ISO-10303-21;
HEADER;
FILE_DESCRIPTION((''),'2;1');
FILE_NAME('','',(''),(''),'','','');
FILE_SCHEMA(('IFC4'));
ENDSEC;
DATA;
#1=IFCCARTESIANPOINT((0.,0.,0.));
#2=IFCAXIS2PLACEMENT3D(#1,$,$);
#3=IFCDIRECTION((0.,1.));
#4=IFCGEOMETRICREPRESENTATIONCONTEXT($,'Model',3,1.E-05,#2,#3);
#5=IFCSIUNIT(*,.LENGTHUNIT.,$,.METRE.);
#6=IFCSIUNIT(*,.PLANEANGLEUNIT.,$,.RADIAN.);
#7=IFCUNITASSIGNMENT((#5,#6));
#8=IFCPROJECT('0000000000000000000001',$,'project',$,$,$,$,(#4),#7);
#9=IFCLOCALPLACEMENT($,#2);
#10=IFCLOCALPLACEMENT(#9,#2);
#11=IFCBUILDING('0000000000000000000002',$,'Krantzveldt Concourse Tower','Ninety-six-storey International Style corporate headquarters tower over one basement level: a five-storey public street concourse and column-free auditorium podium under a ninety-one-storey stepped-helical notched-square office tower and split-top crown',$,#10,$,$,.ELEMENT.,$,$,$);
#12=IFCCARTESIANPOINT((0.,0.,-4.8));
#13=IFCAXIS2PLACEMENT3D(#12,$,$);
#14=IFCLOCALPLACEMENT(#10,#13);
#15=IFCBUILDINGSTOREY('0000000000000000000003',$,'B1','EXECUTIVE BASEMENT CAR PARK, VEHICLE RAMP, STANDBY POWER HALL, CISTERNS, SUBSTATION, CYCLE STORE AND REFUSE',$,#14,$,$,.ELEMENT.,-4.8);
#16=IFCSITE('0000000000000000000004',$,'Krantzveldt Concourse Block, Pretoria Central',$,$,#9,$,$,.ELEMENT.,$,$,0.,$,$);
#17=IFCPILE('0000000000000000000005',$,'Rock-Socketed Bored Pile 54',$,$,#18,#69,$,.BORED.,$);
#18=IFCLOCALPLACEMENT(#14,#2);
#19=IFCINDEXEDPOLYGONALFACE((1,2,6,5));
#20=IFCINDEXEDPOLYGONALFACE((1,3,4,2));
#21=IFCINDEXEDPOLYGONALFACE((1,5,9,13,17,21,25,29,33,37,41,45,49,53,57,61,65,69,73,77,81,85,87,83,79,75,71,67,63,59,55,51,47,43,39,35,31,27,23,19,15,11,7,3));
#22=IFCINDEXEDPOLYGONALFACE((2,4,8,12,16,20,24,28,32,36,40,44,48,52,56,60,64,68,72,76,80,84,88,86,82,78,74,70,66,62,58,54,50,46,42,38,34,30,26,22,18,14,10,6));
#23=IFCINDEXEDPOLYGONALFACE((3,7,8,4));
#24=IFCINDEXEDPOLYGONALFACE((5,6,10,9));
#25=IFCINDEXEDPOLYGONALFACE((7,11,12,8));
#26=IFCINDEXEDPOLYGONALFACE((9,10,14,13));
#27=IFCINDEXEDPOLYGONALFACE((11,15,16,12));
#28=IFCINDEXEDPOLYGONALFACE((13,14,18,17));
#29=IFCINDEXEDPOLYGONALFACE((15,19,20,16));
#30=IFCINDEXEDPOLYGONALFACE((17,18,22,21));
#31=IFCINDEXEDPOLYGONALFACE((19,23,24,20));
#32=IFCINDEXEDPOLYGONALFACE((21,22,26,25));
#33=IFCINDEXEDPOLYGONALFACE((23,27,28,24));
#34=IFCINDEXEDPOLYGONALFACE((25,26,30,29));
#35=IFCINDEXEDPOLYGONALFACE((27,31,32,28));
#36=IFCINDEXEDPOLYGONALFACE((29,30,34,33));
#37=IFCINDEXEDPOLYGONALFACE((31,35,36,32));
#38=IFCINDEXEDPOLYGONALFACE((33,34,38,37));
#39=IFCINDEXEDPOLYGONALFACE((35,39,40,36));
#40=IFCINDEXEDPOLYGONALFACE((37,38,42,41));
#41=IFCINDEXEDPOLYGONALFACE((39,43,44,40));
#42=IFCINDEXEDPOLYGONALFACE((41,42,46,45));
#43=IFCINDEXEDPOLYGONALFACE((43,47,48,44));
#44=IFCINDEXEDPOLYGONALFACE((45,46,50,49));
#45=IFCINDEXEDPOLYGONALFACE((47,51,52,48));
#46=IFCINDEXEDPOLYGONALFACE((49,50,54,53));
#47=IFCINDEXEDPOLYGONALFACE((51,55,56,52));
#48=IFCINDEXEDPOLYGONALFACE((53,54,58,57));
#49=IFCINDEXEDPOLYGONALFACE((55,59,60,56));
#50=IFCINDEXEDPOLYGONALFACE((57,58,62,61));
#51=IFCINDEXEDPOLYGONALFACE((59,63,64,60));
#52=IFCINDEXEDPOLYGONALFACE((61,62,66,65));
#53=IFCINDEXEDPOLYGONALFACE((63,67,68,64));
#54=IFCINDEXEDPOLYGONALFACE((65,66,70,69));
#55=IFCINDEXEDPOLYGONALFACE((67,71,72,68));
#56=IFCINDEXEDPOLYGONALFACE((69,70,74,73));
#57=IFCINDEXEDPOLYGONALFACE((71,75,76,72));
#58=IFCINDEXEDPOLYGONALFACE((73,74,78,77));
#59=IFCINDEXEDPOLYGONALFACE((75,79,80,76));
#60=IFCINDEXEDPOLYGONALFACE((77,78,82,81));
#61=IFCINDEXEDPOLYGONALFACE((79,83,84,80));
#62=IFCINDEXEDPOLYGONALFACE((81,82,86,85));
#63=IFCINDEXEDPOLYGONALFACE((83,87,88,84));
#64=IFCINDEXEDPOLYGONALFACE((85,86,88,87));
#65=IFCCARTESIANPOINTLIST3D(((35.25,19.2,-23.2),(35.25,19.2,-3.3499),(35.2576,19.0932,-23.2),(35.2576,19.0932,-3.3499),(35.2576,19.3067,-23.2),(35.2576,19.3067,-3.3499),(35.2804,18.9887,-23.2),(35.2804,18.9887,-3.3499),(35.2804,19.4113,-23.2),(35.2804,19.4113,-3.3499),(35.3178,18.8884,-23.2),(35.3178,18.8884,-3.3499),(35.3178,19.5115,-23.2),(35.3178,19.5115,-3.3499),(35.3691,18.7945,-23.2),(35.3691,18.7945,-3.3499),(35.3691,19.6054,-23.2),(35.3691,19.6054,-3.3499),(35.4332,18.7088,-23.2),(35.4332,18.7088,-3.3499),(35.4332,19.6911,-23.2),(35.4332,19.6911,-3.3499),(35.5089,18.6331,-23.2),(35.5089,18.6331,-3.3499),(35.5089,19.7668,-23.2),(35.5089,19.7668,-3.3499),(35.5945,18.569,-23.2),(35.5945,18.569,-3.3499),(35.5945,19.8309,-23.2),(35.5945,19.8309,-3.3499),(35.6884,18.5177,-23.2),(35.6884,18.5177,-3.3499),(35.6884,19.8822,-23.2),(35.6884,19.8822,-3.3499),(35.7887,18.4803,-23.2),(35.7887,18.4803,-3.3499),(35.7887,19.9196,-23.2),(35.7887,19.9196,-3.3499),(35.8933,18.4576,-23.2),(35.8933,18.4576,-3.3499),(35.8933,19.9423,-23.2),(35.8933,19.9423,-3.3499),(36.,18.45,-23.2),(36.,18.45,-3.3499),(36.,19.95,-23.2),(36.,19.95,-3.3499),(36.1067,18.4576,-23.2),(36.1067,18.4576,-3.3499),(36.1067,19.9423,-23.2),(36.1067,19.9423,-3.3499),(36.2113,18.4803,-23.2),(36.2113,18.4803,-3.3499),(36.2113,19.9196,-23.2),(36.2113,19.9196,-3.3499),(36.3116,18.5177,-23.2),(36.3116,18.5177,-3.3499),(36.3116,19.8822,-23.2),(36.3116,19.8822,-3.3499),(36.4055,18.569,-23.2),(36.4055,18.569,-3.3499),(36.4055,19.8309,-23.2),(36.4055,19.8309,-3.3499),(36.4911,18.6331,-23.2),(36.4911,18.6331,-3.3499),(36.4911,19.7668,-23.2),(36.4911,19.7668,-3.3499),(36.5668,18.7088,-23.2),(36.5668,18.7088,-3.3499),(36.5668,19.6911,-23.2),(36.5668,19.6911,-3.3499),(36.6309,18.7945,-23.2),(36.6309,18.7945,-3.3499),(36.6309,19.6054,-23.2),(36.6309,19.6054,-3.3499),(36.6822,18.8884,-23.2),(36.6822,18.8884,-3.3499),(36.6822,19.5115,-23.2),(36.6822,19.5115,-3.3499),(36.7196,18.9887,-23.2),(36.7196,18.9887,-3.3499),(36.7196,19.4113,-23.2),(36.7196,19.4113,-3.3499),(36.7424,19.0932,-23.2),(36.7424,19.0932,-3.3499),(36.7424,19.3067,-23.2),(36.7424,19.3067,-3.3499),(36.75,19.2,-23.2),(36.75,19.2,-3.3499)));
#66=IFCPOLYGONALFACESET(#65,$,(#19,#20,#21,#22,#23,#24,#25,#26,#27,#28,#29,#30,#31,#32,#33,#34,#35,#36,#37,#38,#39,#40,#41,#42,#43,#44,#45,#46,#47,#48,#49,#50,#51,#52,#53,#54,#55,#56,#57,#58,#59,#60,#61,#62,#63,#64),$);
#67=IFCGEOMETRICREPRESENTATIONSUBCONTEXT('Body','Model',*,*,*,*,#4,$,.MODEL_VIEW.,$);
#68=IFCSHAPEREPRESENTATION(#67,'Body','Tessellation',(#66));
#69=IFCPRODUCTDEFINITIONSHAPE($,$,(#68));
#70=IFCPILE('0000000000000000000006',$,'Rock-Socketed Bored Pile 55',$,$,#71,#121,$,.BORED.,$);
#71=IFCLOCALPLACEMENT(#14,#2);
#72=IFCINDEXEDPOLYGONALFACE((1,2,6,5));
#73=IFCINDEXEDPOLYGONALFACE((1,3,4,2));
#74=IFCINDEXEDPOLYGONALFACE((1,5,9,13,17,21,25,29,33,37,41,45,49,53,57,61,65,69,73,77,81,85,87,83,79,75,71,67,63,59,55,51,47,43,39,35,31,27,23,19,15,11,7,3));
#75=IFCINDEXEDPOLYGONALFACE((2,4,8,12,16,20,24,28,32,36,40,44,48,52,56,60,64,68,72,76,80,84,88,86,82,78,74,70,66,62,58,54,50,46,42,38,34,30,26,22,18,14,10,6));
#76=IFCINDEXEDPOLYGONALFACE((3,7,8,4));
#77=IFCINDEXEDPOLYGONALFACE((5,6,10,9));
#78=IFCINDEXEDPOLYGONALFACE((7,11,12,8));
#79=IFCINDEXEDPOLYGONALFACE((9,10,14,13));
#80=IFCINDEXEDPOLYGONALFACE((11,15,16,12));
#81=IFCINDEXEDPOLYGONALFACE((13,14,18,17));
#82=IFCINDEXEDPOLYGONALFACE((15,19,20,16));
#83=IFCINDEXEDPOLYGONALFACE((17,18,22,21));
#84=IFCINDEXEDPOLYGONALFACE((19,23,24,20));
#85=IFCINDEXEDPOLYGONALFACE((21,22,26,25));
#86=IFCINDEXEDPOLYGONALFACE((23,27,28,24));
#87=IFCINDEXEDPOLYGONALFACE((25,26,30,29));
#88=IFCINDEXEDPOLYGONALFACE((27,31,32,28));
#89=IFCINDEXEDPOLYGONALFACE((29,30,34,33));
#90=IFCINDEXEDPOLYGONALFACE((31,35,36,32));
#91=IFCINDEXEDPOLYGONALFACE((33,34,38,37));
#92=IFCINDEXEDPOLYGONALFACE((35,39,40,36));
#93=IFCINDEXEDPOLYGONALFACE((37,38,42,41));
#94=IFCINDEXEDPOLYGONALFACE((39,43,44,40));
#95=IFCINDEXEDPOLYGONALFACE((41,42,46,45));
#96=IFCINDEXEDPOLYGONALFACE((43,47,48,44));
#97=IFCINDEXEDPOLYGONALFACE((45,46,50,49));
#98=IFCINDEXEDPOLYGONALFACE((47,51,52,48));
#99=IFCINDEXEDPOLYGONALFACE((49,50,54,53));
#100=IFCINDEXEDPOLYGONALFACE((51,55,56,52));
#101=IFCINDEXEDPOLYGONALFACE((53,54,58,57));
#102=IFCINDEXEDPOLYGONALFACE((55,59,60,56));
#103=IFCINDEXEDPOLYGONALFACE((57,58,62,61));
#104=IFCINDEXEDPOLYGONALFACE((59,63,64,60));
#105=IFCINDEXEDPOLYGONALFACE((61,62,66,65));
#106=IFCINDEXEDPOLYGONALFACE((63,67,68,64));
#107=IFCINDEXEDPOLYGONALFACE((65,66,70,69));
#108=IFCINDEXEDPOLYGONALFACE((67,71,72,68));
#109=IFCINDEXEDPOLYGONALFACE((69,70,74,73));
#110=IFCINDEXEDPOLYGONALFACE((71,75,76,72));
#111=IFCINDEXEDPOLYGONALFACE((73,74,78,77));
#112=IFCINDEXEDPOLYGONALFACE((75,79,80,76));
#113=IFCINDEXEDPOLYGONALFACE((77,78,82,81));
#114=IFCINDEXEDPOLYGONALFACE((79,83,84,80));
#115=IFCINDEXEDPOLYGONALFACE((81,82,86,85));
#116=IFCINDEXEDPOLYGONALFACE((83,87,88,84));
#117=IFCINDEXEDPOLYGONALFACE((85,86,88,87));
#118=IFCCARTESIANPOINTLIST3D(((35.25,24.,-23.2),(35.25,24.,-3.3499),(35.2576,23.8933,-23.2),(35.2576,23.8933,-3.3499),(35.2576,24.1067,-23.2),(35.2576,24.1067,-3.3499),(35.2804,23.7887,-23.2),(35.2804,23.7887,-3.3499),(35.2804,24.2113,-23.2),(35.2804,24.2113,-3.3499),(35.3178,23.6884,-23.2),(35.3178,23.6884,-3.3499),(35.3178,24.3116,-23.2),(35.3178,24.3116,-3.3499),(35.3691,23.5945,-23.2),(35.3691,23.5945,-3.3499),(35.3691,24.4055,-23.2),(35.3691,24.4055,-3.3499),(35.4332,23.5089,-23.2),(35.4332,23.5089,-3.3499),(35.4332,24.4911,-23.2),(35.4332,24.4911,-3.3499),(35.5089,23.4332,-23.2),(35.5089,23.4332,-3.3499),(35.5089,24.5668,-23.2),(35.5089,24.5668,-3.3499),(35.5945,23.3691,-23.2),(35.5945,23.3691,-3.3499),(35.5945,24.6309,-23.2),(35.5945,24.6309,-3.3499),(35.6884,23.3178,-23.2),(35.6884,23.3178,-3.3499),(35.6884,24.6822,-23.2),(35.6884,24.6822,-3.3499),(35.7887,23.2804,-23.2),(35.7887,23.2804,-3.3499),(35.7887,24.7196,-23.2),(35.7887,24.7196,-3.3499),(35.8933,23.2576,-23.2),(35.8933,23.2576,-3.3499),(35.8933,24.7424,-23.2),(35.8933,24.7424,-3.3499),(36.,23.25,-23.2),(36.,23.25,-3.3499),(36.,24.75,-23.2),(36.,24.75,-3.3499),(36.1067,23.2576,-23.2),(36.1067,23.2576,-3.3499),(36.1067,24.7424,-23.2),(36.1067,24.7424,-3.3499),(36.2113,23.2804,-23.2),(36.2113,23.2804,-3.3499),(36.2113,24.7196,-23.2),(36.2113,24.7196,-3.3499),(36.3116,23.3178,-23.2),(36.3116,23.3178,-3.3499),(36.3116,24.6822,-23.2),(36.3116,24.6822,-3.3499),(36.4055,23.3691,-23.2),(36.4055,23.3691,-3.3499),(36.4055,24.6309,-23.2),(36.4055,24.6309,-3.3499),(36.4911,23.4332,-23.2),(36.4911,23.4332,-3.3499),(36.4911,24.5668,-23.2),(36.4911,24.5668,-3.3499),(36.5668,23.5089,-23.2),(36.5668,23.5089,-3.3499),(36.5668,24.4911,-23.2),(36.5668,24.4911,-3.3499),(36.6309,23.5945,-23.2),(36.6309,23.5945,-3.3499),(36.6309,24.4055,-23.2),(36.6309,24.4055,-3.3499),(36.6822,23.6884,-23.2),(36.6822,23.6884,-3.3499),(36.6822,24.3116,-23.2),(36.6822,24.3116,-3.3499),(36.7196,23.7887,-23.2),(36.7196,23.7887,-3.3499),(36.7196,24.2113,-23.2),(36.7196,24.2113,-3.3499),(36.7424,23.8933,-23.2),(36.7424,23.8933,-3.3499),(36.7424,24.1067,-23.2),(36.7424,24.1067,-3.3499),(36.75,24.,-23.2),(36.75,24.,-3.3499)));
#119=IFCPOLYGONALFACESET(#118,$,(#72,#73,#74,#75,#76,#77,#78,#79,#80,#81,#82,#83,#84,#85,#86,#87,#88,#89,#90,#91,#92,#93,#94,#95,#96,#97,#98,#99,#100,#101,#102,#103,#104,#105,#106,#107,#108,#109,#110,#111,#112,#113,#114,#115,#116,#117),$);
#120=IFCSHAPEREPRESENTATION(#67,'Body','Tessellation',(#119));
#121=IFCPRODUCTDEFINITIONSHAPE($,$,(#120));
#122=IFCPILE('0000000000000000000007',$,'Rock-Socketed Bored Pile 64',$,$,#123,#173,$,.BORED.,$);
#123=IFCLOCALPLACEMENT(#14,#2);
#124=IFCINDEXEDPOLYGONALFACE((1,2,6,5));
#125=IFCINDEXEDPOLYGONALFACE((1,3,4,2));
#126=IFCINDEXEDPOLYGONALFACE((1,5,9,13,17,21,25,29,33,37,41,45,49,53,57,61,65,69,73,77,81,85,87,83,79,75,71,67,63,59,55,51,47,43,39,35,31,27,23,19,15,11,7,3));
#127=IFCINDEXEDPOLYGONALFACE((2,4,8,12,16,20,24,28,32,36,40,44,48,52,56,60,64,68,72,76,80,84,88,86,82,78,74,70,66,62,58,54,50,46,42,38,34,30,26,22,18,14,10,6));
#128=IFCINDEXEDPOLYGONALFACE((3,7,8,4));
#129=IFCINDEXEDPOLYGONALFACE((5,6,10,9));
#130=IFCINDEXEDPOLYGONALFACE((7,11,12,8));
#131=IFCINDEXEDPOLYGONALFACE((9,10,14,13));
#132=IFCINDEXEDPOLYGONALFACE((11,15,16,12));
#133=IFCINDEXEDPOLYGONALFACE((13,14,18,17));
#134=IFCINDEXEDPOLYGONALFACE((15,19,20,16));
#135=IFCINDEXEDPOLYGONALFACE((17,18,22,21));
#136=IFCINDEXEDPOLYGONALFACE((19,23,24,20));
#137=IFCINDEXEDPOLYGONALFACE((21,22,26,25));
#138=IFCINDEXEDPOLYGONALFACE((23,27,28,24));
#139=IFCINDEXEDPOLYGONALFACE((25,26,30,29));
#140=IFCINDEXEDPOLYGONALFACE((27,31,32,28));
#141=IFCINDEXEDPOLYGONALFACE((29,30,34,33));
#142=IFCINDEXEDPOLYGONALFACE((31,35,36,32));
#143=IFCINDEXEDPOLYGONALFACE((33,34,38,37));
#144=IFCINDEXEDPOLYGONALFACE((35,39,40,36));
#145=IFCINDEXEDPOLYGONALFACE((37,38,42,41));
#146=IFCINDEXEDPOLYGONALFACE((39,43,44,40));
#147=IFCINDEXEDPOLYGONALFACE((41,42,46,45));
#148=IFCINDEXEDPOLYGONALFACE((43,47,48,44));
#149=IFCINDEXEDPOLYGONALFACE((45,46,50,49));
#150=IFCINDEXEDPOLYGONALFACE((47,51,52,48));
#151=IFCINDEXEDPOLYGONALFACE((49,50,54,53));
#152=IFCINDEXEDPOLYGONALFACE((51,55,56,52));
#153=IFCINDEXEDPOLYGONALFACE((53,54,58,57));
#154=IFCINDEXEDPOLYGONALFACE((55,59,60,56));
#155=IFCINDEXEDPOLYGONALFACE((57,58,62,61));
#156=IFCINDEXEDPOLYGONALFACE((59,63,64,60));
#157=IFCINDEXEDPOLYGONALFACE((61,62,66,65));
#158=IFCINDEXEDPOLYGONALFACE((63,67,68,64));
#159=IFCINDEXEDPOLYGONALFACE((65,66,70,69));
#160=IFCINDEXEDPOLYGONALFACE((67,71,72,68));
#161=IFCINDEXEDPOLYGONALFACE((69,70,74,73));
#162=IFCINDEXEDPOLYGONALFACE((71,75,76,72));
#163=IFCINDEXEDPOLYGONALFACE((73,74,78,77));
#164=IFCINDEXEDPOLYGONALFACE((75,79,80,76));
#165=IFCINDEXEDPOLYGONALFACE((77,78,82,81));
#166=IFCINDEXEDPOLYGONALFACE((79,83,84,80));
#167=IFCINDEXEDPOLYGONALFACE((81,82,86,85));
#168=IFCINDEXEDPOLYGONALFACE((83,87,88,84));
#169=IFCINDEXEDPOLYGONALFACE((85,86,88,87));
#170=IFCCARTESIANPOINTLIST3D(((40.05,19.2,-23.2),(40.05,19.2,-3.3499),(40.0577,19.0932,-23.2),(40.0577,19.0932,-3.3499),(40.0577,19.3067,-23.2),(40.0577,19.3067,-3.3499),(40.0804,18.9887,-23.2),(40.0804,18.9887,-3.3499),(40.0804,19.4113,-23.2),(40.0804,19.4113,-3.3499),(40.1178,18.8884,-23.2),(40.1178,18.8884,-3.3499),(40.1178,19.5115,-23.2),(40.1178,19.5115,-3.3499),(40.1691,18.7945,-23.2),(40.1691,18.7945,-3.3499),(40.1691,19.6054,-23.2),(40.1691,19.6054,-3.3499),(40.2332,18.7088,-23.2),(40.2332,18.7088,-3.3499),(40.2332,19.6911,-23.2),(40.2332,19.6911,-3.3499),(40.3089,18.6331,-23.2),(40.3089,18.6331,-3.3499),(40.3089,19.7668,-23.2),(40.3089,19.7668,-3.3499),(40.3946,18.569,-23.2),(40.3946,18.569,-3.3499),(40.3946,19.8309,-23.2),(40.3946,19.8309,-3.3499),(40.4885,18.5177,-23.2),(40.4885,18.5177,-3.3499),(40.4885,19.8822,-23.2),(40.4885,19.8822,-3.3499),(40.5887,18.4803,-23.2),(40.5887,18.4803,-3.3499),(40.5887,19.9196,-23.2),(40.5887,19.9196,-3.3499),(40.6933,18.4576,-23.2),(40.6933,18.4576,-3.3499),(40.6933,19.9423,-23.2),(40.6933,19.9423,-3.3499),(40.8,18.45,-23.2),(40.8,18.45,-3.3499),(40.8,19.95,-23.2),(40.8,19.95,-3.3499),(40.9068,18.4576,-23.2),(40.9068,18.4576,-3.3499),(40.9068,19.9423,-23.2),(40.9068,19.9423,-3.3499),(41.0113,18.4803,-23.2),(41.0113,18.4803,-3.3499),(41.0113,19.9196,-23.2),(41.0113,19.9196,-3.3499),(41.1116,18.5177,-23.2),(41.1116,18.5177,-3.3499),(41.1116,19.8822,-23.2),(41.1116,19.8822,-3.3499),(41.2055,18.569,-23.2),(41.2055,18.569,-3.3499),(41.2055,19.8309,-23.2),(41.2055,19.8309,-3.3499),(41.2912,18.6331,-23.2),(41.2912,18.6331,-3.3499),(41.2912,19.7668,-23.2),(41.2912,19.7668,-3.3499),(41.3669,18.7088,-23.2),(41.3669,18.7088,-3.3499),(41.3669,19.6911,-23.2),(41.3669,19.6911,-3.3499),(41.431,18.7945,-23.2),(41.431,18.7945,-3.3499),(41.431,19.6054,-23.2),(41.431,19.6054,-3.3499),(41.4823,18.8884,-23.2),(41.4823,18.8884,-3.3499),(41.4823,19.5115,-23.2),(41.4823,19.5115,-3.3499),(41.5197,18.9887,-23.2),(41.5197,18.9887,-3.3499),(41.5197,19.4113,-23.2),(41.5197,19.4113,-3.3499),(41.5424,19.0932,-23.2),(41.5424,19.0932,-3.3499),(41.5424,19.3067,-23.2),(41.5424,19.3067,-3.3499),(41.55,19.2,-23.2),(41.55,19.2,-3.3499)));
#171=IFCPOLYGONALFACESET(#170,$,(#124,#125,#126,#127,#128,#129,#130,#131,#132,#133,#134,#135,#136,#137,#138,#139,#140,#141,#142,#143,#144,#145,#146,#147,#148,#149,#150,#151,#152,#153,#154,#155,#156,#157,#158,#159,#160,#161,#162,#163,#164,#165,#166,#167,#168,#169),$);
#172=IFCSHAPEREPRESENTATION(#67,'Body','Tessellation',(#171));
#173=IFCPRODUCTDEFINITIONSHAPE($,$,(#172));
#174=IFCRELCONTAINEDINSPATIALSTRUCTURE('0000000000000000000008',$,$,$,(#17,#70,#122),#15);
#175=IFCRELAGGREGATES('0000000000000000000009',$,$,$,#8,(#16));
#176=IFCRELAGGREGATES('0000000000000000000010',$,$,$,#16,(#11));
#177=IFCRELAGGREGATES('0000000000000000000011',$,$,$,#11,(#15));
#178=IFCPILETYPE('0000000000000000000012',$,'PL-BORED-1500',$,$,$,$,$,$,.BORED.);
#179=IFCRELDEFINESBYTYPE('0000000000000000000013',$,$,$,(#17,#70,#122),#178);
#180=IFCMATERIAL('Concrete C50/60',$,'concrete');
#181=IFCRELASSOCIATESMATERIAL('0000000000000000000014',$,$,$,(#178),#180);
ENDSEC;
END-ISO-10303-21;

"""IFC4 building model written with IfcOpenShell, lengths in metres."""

from ifc_helpers import new_model, si_unit, direction, frame, origin, origin_2d, place, context, subcontext, project, spatial, circle, extrude, source, transform, mapped, material, material_profile, profile_set, type_object, type_shapes, element, save


model = new_model("IFC4")

# Units and contexts
model_context = context("Model", 3, precision=1e-05, world=origin(), true_north=direction((0.0, 1.0)))
body_context = subcontext(model_context, "Body", "Model", "MODEL_VIEW")
ifc_project = project(units=[si_unit("LENGTHUNIT", "METRE"), si_unit("PLANEANGLEUNIT", "RADIAN")], contexts=[model_context])

# Site, building, storey
site_placement = place(None, origin())
site = spatial("IfcSite", under=ifc_project, at=site_placement, Name="Krantzveldt Concourse Block, Pretoria Central", CompositionType="ELEMENT", RefElevation=0.0)
building_placement = place(site_placement, origin())
building = spatial("IfcBuilding", under=site, at=building_placement, Name="Krantzveldt Concourse Tower", Description="Ninety-six-storey International Style corporate headquarters tower over one basement level: a five-storey public street concourse and column-free auditorium podium under a ninety-one-storey stepped-helical notched-square office tower and split-top crown", CompositionType="ELEMENT")
storey_placement = place(building_placement, frame((0.0, 0.0, -4.8)))
storey = spatial("IfcBuildingStorey", under=building, at=storey_placement, Name="B1", Description="EXECUTIVE BASEMENT CAR PARK, VEHICLE RAMP, STANDBY POWER HALL, CISTERNS, SUBSTATION, CYCLE STORE AND REFUSE", CompositionType="ELEMENT", Elevation=-4.8)

# Piles
ifc_material_1 = material(Name="Concrete C50/60", Category="concrete")
ifc_material_profile_1 = material_profile(ifc_material_1, circle(Radius=0.75, at=origin_2d()), Name="Concrete C50/60", Category="concrete")
ifc_profile_set_1 = profile_set([ifc_material_profile_1], Name="Concrete C50/60 - PILE D1500")
pile_type = type_object("IfcPileType", Name="PL-BORED-1500", PredefinedType="BORED", material=ifc_profile_set_1)
shared_shape_1 = source(origin(), body_context, "Body", "SweptSolid", [
    extrude(circle(Radius=0.75, at=origin_2d()), origin(), (0.0, 0.0, 1.0), 19.8501),
])
type_shapes(pile_type, [shared_shape_1])
for number, where, z_axis, x_axis, name in (
    (1, (36.0, 19.2, -3.3499), (0.0, 0.0, -1.0), (1.0, 0.0, 0.0), "Rock-Socketed Bored Pile 54"),
    (2, (36.0, 24.0, -3.3499), (0.0, 0.0, -1.0), (1.0, 0.0, 0.0), "Rock-Socketed Bored Pile 55"),
    (3, (40.8, 19.2, -3.3499), (0.0, 0.0, -1.0), (1.0, 0.0, 0.0), "Rock-Socketed Bored Pile 64"),
):
    element("IfcPile", number, at=place(storey_placement, frame(where, z_axis=z_axis, x_axis=x_axis)), inside=storey, type_object=pile_type, Name=name, PredefinedType="BORED", context=body_context, shape_type="MappedRepresentation", body=[
        mapped(shared_shape_1, transform((0.0, 0.0, 0.0), x_axis=(1.0, 0.0, 0.0), y_axis=(0.0, 1.0, 0.0), z_axis=(0.0, 0.0, 1.0), scale=1.0)),
    ])

save(model, "model.ifc")
